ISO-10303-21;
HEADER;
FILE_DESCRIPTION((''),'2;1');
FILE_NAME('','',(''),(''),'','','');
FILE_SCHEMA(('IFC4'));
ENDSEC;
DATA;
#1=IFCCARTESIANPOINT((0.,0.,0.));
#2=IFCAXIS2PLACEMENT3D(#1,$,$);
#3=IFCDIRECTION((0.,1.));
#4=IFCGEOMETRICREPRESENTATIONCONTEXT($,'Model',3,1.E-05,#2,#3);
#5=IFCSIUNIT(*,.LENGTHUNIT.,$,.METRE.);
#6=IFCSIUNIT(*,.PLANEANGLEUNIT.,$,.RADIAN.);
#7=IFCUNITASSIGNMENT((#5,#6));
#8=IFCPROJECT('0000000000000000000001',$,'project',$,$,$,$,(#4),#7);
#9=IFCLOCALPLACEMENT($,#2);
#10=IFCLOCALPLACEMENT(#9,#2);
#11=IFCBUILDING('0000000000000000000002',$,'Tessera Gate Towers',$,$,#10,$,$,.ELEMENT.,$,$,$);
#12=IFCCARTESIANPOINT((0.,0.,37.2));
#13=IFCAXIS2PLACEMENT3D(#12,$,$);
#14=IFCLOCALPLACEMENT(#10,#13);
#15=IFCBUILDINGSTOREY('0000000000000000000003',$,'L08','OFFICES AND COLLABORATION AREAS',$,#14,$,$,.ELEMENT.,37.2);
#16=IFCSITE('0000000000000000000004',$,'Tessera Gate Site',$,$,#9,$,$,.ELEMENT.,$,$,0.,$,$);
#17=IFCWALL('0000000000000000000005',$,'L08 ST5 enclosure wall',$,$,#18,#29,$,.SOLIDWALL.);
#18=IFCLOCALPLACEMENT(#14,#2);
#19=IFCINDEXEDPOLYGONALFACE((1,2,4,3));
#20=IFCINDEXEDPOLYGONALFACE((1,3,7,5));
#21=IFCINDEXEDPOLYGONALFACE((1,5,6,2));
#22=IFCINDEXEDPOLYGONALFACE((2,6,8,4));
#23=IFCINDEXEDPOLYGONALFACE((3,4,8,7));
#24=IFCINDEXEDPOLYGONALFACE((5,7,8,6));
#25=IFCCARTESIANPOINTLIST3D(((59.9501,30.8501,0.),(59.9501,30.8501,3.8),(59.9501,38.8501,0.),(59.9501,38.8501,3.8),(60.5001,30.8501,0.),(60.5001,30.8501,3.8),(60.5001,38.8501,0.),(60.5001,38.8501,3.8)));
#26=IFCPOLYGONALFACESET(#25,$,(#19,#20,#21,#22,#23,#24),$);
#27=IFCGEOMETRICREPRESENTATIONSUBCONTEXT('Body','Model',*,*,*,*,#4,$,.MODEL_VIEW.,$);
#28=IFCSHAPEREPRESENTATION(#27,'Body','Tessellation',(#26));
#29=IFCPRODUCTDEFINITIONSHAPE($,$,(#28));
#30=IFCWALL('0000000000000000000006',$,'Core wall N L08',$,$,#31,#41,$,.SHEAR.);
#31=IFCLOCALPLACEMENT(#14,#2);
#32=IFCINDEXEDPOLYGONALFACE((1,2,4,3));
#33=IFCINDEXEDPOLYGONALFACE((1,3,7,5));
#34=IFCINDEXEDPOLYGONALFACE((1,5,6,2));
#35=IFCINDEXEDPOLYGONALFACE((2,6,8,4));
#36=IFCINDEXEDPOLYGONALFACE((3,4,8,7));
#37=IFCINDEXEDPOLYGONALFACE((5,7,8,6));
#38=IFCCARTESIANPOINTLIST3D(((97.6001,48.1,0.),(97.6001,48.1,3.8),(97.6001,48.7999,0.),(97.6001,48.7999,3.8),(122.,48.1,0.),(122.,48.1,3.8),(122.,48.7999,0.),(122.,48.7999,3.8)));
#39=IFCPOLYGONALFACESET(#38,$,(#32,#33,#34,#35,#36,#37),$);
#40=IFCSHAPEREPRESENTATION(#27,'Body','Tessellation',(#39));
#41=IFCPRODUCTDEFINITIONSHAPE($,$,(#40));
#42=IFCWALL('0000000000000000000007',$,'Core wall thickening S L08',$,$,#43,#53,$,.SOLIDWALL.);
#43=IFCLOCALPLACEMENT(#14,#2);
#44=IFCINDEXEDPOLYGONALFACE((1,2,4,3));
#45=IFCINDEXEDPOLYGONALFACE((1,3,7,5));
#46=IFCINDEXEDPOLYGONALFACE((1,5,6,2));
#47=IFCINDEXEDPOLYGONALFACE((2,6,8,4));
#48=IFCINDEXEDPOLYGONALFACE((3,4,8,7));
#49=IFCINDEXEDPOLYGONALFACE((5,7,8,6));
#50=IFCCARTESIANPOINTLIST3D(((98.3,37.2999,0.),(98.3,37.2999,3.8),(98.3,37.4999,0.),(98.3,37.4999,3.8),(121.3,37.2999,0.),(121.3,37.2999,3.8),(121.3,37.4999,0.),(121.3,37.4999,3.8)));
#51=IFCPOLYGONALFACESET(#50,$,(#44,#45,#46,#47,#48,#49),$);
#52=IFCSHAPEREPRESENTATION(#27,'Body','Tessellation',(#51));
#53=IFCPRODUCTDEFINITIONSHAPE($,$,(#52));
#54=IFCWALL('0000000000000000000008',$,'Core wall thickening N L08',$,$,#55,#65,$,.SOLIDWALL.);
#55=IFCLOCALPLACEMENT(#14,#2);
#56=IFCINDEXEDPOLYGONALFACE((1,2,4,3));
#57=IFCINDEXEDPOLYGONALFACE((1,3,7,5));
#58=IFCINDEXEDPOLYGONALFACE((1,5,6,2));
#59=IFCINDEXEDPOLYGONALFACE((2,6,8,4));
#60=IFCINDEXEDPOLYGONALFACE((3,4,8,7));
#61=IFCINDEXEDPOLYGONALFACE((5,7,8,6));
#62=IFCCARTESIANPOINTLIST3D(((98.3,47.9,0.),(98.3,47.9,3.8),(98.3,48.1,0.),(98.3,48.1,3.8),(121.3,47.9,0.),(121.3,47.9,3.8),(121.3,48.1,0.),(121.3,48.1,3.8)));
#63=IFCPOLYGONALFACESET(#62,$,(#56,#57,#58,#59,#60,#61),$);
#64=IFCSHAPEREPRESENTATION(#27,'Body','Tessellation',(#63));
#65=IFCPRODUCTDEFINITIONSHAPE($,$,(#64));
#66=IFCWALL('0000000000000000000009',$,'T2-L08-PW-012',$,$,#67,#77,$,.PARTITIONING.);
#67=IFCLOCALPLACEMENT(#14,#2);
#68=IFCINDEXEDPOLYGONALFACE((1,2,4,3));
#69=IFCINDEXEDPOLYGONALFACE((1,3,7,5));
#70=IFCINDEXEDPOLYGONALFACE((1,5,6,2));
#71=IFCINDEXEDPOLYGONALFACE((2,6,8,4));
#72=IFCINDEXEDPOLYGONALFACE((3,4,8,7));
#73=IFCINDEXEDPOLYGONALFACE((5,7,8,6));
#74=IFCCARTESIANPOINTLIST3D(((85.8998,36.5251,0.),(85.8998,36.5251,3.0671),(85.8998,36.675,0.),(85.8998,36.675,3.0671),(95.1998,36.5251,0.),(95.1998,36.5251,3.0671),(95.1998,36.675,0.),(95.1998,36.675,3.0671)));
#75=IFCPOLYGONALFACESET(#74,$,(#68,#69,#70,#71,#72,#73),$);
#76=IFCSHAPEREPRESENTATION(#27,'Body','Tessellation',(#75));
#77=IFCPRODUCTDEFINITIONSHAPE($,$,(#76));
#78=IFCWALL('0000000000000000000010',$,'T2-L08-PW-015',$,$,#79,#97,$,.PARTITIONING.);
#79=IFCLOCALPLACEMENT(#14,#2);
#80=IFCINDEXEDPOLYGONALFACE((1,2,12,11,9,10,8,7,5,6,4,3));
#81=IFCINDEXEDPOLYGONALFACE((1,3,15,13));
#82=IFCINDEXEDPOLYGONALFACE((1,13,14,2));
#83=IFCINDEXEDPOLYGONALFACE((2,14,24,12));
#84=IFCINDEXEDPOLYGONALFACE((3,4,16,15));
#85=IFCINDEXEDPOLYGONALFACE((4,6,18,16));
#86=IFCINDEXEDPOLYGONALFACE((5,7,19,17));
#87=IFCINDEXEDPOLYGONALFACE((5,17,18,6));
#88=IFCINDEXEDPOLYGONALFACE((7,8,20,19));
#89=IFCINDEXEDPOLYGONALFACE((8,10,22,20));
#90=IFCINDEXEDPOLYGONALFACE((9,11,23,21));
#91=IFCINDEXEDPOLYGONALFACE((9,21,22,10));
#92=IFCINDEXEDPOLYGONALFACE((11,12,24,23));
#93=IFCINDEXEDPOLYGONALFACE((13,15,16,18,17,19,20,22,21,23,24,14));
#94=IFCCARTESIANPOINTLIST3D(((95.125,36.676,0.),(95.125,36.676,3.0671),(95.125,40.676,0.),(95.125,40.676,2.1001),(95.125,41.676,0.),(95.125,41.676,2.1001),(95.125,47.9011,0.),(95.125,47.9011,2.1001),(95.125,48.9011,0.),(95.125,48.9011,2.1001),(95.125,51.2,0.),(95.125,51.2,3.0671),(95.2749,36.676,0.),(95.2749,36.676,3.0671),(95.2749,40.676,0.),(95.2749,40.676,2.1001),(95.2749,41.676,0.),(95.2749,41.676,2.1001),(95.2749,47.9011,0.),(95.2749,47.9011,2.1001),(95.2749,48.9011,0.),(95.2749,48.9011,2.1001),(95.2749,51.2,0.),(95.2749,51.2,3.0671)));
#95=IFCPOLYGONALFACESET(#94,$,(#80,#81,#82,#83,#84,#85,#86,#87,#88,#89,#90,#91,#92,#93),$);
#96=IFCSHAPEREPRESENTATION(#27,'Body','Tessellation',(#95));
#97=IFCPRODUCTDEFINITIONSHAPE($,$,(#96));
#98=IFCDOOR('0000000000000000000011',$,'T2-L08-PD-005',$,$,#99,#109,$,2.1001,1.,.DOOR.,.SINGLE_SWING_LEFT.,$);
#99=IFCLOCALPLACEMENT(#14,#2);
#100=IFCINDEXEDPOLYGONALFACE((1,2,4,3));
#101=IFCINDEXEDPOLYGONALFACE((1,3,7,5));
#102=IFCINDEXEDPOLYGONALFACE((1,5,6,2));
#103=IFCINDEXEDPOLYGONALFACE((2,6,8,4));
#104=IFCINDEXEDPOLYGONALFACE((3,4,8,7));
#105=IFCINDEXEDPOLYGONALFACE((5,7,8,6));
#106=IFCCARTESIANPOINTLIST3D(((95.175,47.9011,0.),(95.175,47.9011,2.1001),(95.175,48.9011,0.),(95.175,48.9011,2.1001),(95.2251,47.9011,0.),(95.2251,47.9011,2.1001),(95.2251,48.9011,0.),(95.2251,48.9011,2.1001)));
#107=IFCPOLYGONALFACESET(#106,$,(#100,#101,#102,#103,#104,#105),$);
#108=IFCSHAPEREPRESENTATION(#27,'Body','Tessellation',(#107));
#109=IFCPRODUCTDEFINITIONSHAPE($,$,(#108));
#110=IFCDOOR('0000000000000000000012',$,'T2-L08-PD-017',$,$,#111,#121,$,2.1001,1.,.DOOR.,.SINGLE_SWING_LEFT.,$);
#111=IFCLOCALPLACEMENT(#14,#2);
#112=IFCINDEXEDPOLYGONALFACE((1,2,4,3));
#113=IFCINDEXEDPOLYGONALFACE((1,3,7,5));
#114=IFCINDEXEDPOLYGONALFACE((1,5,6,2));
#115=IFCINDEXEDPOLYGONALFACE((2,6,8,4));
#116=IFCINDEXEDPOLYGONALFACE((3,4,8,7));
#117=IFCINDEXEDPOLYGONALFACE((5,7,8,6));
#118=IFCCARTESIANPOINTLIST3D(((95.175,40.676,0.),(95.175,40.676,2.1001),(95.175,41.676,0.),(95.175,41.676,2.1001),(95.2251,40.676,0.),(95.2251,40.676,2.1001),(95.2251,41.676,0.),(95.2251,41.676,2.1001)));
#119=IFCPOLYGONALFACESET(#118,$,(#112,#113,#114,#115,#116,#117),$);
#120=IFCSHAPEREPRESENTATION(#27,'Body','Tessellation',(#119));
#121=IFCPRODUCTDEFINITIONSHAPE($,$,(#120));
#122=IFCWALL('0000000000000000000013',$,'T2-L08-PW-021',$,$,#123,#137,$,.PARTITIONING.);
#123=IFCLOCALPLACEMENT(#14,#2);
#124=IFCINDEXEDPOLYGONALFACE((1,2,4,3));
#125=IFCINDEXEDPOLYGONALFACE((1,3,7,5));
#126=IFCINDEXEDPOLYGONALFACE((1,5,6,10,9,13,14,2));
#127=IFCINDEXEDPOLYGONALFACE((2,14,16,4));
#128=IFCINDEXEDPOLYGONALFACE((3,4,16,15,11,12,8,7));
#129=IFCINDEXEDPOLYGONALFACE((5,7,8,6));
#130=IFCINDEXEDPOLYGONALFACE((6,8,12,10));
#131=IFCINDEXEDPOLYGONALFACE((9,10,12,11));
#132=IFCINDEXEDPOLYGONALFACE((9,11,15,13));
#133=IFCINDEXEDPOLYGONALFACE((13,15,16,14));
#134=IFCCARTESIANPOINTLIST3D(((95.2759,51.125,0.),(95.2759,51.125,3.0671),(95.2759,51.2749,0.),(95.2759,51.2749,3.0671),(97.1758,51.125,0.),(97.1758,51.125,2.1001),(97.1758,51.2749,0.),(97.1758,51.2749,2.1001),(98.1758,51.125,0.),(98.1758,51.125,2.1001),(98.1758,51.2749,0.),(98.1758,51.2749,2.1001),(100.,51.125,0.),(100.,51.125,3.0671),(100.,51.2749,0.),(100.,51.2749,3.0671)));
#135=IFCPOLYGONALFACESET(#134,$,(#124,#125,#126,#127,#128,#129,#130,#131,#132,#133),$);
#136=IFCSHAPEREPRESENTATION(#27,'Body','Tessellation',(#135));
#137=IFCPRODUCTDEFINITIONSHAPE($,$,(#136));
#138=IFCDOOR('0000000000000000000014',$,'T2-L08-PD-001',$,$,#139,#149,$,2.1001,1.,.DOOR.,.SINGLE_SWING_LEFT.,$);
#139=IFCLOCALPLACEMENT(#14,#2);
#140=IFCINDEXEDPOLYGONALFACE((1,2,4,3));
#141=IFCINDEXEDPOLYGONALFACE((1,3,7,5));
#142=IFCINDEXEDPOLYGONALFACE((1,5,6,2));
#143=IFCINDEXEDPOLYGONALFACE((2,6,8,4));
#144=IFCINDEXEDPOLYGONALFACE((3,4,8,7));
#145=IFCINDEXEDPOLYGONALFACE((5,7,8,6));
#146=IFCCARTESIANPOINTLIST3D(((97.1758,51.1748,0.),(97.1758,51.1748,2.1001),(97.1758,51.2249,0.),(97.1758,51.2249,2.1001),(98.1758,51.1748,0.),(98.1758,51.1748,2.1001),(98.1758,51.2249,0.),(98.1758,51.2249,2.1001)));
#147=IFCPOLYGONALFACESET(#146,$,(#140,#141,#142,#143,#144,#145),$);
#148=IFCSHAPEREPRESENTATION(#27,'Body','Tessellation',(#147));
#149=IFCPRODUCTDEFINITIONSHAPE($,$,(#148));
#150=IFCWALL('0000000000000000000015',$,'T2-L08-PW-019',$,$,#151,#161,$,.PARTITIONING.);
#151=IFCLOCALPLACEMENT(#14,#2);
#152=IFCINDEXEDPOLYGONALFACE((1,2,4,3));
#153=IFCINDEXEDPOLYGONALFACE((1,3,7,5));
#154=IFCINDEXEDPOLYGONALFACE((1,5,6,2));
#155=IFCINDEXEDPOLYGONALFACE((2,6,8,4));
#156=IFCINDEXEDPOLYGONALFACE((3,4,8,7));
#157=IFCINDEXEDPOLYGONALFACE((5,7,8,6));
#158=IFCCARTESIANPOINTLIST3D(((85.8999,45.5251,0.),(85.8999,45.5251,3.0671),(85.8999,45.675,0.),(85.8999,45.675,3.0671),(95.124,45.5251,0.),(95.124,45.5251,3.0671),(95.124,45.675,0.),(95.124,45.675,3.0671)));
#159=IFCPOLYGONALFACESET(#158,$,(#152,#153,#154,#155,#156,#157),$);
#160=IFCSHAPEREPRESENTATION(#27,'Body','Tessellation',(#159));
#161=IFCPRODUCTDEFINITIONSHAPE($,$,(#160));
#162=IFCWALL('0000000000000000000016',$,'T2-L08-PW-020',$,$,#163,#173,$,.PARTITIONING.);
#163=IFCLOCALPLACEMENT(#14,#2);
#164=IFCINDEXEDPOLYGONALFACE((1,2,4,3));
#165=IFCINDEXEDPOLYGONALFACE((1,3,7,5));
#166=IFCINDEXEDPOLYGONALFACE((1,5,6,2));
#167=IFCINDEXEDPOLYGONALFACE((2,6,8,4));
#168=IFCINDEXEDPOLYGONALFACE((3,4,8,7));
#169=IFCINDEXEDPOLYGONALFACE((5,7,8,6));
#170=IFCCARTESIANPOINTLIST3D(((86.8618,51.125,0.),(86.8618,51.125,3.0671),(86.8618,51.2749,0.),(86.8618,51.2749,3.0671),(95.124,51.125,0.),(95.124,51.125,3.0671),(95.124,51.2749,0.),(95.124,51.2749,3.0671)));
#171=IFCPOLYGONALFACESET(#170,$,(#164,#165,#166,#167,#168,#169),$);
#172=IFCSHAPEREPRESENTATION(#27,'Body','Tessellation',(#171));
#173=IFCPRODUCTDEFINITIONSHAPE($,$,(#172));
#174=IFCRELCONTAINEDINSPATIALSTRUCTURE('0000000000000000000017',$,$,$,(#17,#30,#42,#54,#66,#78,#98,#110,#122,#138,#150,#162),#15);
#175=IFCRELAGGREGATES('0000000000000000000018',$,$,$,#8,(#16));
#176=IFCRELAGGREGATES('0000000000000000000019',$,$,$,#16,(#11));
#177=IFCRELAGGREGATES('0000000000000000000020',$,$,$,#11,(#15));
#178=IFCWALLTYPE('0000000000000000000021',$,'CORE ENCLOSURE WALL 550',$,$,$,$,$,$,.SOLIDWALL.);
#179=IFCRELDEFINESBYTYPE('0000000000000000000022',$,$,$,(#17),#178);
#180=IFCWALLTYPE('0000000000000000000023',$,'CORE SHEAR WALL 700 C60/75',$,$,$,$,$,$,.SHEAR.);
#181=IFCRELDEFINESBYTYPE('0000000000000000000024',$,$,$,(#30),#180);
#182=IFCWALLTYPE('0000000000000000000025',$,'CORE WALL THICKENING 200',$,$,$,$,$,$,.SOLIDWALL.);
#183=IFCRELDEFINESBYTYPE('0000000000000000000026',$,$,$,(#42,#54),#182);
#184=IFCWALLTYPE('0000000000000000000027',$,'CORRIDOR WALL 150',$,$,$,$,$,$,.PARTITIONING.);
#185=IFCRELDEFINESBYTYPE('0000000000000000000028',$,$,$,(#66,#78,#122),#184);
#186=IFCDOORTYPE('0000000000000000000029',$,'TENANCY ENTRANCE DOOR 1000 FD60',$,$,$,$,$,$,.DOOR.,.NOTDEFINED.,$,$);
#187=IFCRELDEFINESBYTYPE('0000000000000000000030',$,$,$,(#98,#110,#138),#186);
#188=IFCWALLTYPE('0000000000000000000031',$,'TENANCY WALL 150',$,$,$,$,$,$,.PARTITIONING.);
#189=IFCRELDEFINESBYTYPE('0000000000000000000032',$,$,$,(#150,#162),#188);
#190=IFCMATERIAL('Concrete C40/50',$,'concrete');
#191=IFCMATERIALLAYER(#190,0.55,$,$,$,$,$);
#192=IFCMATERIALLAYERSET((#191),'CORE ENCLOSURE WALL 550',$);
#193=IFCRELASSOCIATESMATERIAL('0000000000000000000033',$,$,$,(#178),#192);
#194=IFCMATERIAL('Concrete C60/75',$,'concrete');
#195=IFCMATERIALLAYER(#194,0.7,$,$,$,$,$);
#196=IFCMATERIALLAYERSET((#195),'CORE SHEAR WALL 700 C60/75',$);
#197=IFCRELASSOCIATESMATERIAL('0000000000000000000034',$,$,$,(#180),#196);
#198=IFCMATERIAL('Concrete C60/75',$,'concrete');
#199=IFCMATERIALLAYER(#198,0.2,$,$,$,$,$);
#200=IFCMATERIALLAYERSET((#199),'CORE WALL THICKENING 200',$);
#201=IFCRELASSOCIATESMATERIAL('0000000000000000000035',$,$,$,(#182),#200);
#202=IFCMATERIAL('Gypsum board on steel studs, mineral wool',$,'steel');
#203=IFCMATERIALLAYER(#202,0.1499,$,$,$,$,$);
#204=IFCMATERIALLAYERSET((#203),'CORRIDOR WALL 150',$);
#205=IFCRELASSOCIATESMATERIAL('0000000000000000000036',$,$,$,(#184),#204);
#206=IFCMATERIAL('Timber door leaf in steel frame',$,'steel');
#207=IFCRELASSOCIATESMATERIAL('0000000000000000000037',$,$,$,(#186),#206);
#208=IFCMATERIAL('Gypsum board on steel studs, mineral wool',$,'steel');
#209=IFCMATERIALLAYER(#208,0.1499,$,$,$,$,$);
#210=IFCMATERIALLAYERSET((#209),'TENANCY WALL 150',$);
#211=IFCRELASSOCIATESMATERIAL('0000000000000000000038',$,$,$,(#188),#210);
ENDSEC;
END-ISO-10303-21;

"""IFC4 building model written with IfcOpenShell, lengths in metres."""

from ifc_helpers import new_model, si_unit, direction, frame, frame_2d, origin, place, context, subcontext, project, spatial, rectangle, extrude, source, transform, mapped, material, layer, layer_set, type_object, element, fill, save


model = new_model("IFC4")

# Units and contexts
model_context = context("Model", 3, precision=1e-05, world=origin(), true_north=direction((0.0, 1.0)))
body_context = subcontext(model_context, "Body", "Model", "MODEL_VIEW")
ifc_project = project(units=[si_unit("LENGTHUNIT", "METRE"), si_unit("PLANEANGLEUNIT", "RADIAN")], contexts=[model_context])

# Site, building, storey
site_placement = place(None, origin())
site = spatial("IfcSite", under=ifc_project, at=site_placement, Name="Tessera Gate Site", CompositionType="ELEMENT", RefElevation=0.0)
building_placement = place(site_placement, origin())
building = spatial("IfcBuilding", under=site, at=building_placement, Name="Tessera Gate Towers", CompositionType="ELEMENT")
storey_placement = place(building_placement, frame((0.0, 0.0, 37.2)))
storey = spatial("IfcBuildingStorey", under=building, at=storey_placement, Name="L08", Description="OFFICES AND COLLABORATION AREAS", CompositionType="ELEMENT", Elevation=37.2)

# Wall
ifc_material_1 = material(Name="Concrete C40/50", Category="concrete")
ifc_layer_1 = layer(ifc_material_1, 0.55)
ifc_layer_set_1 = layer_set([ifc_layer_1], Name="CORE ENCLOSURE WALL 550")
wall_type_1 = type_object("IfcWallType", Name="CORE ENCLOSURE WALL 550", PredefinedType="SOLIDWALL", material=ifc_layer_set_1)
wall_1_placement = place(storey_placement, frame((60.2251, 38.8501, 0.0), z_axis=(0.0, 0.0, 1.0), x_axis=(0.0, -1.0, 0.0)))
element("IfcWall", 1, at=wall_1_placement, inside=storey, type_object=wall_type_1, Name="L08 ST5 enclosure wall", PredefinedType="SOLIDWALL", context=body_context, shape_type="SweptSolid", body=[
    extrude(rectangle(XDim=8.0, YDim=0.55, at=frame_2d((4.0, 0.0))), origin(), (0.0, 0.0, 1.0), 3.8),
])

# Shared definitions
ifc_material_2 = material(Name="Concrete C60/75", Category="concrete")
ifc_layer_2 = layer(ifc_material_2, 0.7)
ifc_layer_set_2 = layer_set([ifc_layer_2], Name="CORE SHEAR WALL 700 C60/75")
wall_type_2 = type_object("IfcWallType", Name="CORE SHEAR WALL 700 C60/75", PredefinedType="SHEAR", material=ifc_layer_set_2)

# Walls
wall_2_placement = place(storey_placement, frame((97.6001, 48.45, 0.0), z_axis=(0.0, 0.0, 1.0), x_axis=(1.0, 0.0, 0.0)))
element("IfcWall", 2, at=wall_2_placement, inside=storey, type_object=wall_type_2, Name="Core wall N L08", PredefinedType="SHEAR", context=body_context, shape_type="SweptSolid", body=[
    extrude(rectangle(XDim=24.3999, YDim=0.7, at=frame_2d((12.2, 0.0))), origin(), (0.0, 0.0, 1.0), 3.8),
])
ifc_material_3 = material(Name="Concrete C60/75", Category="concrete")
ifc_layer_3 = layer(ifc_material_3, 0.2)
ifc_layer_set_3 = layer_set([ifc_layer_3], Name="CORE WALL THICKENING 200")
wall_type_3 = type_object("IfcWallType", Name="CORE WALL THICKENING 200", PredefinedType="SOLIDWALL", material=ifc_layer_set_3)
for number, where, z_axis, x_axis, name in (
    (3, (98.3, 37.3999, 0.0), (0.0, 0.0, 1.0), (1.0, 0.0, 0.0), "Core wall thickening S L08"),
    (4, (98.3, 48.0, 0.0), (0.0, 0.0, 1.0), (1.0, 0.0, 0.0), "Core wall thickening N L08"),
):
    element("IfcWall", number, at=place(storey_placement, frame(where, z_axis=z_axis, x_axis=x_axis)), inside=storey, type_object=wall_type_3, Name=name, PredefinedType="SOLIDWALL", context=body_context, shape_type="SweptSolid", body=[
        extrude(rectangle(XDim=23.0, YDim=0.2, at=frame_2d((11.5, 0.0))), origin(), (0.0, 0.0, 1.0), 3.8),
    ])
ifc_material_4 = material(Name="Gypsum board on steel studs, mineral wool", Category="steel")
ifc_layer_4 = layer(ifc_material_4, 0.1499)
ifc_layer_set_4 = layer_set([ifc_layer_4], Name="CORRIDOR WALL 150")
wall_type_4 = type_object("IfcWallType", Name="CORRIDOR WALL 150", PredefinedType="PARTITIONING", material=ifc_layer_set_4)
wall_3_placement = place(storey_placement, frame((85.8999, 36.6001, 0.0), z_axis=(0.0, 0.0, 1.0), x_axis=(1.0, 0.0, 0.0)))
element("IfcWall", 5, at=wall_3_placement, inside=storey, type_object=wall_type_4, Name="T2-L08-PW-012", PredefinedType="PARTITIONING", context=body_context, shape_type="SweptSolid", body=[
    extrude(rectangle(XDim=9.3, YDim=0.1499, at=frame_2d((4.6499, 0.0))), origin(), (0.0, 0.0, 1.0), 3.0671),
])

# Wall, openings, doors
wall_4_placement = place(storey_placement, frame((95.2, 36.676, 0.0), z_axis=(0.0, 0.0, 1.0), x_axis=(0.0, 1.0, 0.0)))
wall_4 = element("IfcWall", 6, at=wall_4_placement, inside=storey, type_object=wall_type_4, Name="T2-L08-PW-015", PredefinedType="PARTITIONING", context=body_context, shape_type="SweptSolid", body=[
    extrude(rectangle(XDim=14.5239, YDim=0.1499, at=frame_2d((7.262, 0.0))), origin(), (0.0, 0.0, 1.0), 3.0671),
])
shared_shape_1 = source(origin(), body_context, "Body", "SweptSolid", [
    extrude(rectangle(XDim=1.0, YDim=2.1001, at=frame_2d((0.5, 1.05))), frame((0.0, 0.085, 0.0), z_axis=(0.0, -1.0, 0.0), x_axis=(1.0, 0.0, 0.0)), (0.0, 0.0, 1.0), 0.1699),
])
opening_1_placement = place(wall_4_placement, frame((11.2251, 0.0, 0.0)))
opening_1 = element("IfcOpeningElement", 7, at=opening_1_placement, cuts=wall_4, PredefinedType="OPENING", context=body_context, shape_type="MappedRepresentation", body=[
    mapped(shared_shape_1, transform((0.0, 0.0, 0.0), scale=1.0)),
])
opening_2_placement = place(wall_4_placement, frame((4.0, 0.0, 0.0)))
opening_2 = element("IfcOpeningElement", 8, at=opening_2_placement, cuts=wall_4, PredefinedType="OPENING", context=body_context, shape_type="MappedRepresentation", body=[
    mapped(shared_shape_1, transform((0.0, 0.0, 0.0), scale=1.0)),
])
ifc_material_5 = material(Name="Timber door leaf in steel frame", Category="steel")
door_type_1 = type_object("IfcDoorType", Name="TENANCY ENTRANCE DOOR 1000 FD60", OperationType="NOTDEFINED", PredefinedType="DOOR", material=ifc_material_5)
shared_shape_2 = source(origin(), body_context, "Body", "SweptSolid", [
    extrude(rectangle(XDim=1.0, YDim=2.1001, at=frame_2d((0.5, 1.05))), frame((0.0, 0.0249, 0.0), z_axis=(0.0, -1.0, 0.0), x_axis=(1.0, 0.0, 0.0)), (0.0, 0.0, 1.0), 0.05),
])
door_1_placement = place(opening_1_placement, origin())
door_1 = element("IfcDoor", 9, at=door_1_placement, inside=storey, type_object=door_type_1, Name="T2-L08-PD-005", OperationType="SINGLE_SWING_LEFT", OverallHeight=2.1001, OverallWidth=1.0, PredefinedType="DOOR", context=body_context, shape_type="MappedRepresentation", body=[
    mapped(shared_shape_2, transform((0.0, 0.0, 0.0), scale=1.0)),
])
fill(opening_1, door_1)
door_2_placement = place(opening_2_placement, origin())
door_2 = element("IfcDoor", 10, at=door_2_placement, inside=storey, type_object=door_type_1, Name="T2-L08-PD-017", OperationType="SINGLE_SWING_LEFT", OverallHeight=2.1001, OverallWidth=1.0, PredefinedType="DOOR", context=body_context, shape_type="MappedRepresentation", body=[
    mapped(shared_shape_2, transform((0.0, 0.0, 0.0), scale=1.0)),
])
fill(opening_2, door_2)

# Wall, opening, door
wall_5_placement = place(storey_placement, frame((95.2759, 51.2, 0.0), z_axis=(0.0, 0.0, 1.0), x_axis=(1.0, 0.0, 0.0)))
wall_5 = element("IfcWall", 11, at=wall_5_placement, inside=storey, type_object=wall_type_4, Name="T2-L08-PW-021", PredefinedType="PARTITIONING", context=body_context, shape_type="SweptSolid", body=[
    extrude(rectangle(XDim=4.7241, YDim=0.1499, at=frame_2d((2.3621, 0.0))), origin(), (0.0, 0.0, 1.0), 3.0671),
])
opening_3_placement = place(wall_5_placement, frame((1.8999, 0.0, 0.0)))
opening_3 = element("IfcOpeningElement", 12, at=opening_3_placement, cuts=wall_5, PredefinedType="OPENING", context=body_context, shape_type="MappedRepresentation", body=[
    mapped(shared_shape_1, transform((0.0, 0.0, 0.0), scale=1.0)),
])
door_3_placement = place(opening_3_placement, origin())
door_3 = element("IfcDoor", 13, at=door_3_placement, inside=storey, type_object=door_type_1, Name="T2-L08-PD-001", OperationType="SINGLE_SWING_LEFT", OverallHeight=2.1001, OverallWidth=1.0, PredefinedType="DOOR", context=body_context, shape_type="MappedRepresentation", body=[
    mapped(shared_shape_2, transform((0.0, 0.0, 0.0), scale=1.0)),
])
fill(opening_3, door_3)

# Walls
ifc_material_6 = material(Name="Gypsum board on steel studs, mineral wool", Category="steel")
ifc_layer_5 = layer(ifc_material_6, 0.1499)
ifc_layer_set_5 = layer_set([ifc_layer_5], Name="TENANCY WALL 150")
wall_type_5 = type_object("IfcWallType", Name="TENANCY WALL 150", PredefinedType="PARTITIONING", material=ifc_layer_set_5)
wall_6_placement = place(storey_placement, frame((85.8999, 45.6001, 0.0), z_axis=(0.0, 0.0, 1.0), x_axis=(1.0, 0.0, 0.0)))
element("IfcWall", 14, at=wall_6_placement, inside=storey, type_object=wall_type_5, Name="T2-L08-PW-019", PredefinedType="PARTITIONING", context=body_context, shape_type="SweptSolid", body=[
    extrude(rectangle(XDim=9.2241, YDim=0.1499, at=frame_2d((4.6121, 0.0))), origin(), (0.0, 0.0, 1.0), 3.0671),
])
wall_7_placement = place(storey_placement, frame((86.8618, 51.2, 0.0), z_axis=(0.0, 0.0, 1.0), x_axis=(1.0, 0.0, 0.0)))
element("IfcWall", 15, at=wall_7_placement, inside=storey, type_object=wall_type_5, Name="T2-L08-PW-020", PredefinedType="PARTITIONING", context=body_context, shape_type="SweptSolid", body=[
    extrude(rectangle(XDim=8.2622, YDim=0.1499, at=frame_2d((4.1311, 0.0))), origin(), (0.0, 0.0, 1.0), 3.0671),
])

save(model, "model.ifc")
